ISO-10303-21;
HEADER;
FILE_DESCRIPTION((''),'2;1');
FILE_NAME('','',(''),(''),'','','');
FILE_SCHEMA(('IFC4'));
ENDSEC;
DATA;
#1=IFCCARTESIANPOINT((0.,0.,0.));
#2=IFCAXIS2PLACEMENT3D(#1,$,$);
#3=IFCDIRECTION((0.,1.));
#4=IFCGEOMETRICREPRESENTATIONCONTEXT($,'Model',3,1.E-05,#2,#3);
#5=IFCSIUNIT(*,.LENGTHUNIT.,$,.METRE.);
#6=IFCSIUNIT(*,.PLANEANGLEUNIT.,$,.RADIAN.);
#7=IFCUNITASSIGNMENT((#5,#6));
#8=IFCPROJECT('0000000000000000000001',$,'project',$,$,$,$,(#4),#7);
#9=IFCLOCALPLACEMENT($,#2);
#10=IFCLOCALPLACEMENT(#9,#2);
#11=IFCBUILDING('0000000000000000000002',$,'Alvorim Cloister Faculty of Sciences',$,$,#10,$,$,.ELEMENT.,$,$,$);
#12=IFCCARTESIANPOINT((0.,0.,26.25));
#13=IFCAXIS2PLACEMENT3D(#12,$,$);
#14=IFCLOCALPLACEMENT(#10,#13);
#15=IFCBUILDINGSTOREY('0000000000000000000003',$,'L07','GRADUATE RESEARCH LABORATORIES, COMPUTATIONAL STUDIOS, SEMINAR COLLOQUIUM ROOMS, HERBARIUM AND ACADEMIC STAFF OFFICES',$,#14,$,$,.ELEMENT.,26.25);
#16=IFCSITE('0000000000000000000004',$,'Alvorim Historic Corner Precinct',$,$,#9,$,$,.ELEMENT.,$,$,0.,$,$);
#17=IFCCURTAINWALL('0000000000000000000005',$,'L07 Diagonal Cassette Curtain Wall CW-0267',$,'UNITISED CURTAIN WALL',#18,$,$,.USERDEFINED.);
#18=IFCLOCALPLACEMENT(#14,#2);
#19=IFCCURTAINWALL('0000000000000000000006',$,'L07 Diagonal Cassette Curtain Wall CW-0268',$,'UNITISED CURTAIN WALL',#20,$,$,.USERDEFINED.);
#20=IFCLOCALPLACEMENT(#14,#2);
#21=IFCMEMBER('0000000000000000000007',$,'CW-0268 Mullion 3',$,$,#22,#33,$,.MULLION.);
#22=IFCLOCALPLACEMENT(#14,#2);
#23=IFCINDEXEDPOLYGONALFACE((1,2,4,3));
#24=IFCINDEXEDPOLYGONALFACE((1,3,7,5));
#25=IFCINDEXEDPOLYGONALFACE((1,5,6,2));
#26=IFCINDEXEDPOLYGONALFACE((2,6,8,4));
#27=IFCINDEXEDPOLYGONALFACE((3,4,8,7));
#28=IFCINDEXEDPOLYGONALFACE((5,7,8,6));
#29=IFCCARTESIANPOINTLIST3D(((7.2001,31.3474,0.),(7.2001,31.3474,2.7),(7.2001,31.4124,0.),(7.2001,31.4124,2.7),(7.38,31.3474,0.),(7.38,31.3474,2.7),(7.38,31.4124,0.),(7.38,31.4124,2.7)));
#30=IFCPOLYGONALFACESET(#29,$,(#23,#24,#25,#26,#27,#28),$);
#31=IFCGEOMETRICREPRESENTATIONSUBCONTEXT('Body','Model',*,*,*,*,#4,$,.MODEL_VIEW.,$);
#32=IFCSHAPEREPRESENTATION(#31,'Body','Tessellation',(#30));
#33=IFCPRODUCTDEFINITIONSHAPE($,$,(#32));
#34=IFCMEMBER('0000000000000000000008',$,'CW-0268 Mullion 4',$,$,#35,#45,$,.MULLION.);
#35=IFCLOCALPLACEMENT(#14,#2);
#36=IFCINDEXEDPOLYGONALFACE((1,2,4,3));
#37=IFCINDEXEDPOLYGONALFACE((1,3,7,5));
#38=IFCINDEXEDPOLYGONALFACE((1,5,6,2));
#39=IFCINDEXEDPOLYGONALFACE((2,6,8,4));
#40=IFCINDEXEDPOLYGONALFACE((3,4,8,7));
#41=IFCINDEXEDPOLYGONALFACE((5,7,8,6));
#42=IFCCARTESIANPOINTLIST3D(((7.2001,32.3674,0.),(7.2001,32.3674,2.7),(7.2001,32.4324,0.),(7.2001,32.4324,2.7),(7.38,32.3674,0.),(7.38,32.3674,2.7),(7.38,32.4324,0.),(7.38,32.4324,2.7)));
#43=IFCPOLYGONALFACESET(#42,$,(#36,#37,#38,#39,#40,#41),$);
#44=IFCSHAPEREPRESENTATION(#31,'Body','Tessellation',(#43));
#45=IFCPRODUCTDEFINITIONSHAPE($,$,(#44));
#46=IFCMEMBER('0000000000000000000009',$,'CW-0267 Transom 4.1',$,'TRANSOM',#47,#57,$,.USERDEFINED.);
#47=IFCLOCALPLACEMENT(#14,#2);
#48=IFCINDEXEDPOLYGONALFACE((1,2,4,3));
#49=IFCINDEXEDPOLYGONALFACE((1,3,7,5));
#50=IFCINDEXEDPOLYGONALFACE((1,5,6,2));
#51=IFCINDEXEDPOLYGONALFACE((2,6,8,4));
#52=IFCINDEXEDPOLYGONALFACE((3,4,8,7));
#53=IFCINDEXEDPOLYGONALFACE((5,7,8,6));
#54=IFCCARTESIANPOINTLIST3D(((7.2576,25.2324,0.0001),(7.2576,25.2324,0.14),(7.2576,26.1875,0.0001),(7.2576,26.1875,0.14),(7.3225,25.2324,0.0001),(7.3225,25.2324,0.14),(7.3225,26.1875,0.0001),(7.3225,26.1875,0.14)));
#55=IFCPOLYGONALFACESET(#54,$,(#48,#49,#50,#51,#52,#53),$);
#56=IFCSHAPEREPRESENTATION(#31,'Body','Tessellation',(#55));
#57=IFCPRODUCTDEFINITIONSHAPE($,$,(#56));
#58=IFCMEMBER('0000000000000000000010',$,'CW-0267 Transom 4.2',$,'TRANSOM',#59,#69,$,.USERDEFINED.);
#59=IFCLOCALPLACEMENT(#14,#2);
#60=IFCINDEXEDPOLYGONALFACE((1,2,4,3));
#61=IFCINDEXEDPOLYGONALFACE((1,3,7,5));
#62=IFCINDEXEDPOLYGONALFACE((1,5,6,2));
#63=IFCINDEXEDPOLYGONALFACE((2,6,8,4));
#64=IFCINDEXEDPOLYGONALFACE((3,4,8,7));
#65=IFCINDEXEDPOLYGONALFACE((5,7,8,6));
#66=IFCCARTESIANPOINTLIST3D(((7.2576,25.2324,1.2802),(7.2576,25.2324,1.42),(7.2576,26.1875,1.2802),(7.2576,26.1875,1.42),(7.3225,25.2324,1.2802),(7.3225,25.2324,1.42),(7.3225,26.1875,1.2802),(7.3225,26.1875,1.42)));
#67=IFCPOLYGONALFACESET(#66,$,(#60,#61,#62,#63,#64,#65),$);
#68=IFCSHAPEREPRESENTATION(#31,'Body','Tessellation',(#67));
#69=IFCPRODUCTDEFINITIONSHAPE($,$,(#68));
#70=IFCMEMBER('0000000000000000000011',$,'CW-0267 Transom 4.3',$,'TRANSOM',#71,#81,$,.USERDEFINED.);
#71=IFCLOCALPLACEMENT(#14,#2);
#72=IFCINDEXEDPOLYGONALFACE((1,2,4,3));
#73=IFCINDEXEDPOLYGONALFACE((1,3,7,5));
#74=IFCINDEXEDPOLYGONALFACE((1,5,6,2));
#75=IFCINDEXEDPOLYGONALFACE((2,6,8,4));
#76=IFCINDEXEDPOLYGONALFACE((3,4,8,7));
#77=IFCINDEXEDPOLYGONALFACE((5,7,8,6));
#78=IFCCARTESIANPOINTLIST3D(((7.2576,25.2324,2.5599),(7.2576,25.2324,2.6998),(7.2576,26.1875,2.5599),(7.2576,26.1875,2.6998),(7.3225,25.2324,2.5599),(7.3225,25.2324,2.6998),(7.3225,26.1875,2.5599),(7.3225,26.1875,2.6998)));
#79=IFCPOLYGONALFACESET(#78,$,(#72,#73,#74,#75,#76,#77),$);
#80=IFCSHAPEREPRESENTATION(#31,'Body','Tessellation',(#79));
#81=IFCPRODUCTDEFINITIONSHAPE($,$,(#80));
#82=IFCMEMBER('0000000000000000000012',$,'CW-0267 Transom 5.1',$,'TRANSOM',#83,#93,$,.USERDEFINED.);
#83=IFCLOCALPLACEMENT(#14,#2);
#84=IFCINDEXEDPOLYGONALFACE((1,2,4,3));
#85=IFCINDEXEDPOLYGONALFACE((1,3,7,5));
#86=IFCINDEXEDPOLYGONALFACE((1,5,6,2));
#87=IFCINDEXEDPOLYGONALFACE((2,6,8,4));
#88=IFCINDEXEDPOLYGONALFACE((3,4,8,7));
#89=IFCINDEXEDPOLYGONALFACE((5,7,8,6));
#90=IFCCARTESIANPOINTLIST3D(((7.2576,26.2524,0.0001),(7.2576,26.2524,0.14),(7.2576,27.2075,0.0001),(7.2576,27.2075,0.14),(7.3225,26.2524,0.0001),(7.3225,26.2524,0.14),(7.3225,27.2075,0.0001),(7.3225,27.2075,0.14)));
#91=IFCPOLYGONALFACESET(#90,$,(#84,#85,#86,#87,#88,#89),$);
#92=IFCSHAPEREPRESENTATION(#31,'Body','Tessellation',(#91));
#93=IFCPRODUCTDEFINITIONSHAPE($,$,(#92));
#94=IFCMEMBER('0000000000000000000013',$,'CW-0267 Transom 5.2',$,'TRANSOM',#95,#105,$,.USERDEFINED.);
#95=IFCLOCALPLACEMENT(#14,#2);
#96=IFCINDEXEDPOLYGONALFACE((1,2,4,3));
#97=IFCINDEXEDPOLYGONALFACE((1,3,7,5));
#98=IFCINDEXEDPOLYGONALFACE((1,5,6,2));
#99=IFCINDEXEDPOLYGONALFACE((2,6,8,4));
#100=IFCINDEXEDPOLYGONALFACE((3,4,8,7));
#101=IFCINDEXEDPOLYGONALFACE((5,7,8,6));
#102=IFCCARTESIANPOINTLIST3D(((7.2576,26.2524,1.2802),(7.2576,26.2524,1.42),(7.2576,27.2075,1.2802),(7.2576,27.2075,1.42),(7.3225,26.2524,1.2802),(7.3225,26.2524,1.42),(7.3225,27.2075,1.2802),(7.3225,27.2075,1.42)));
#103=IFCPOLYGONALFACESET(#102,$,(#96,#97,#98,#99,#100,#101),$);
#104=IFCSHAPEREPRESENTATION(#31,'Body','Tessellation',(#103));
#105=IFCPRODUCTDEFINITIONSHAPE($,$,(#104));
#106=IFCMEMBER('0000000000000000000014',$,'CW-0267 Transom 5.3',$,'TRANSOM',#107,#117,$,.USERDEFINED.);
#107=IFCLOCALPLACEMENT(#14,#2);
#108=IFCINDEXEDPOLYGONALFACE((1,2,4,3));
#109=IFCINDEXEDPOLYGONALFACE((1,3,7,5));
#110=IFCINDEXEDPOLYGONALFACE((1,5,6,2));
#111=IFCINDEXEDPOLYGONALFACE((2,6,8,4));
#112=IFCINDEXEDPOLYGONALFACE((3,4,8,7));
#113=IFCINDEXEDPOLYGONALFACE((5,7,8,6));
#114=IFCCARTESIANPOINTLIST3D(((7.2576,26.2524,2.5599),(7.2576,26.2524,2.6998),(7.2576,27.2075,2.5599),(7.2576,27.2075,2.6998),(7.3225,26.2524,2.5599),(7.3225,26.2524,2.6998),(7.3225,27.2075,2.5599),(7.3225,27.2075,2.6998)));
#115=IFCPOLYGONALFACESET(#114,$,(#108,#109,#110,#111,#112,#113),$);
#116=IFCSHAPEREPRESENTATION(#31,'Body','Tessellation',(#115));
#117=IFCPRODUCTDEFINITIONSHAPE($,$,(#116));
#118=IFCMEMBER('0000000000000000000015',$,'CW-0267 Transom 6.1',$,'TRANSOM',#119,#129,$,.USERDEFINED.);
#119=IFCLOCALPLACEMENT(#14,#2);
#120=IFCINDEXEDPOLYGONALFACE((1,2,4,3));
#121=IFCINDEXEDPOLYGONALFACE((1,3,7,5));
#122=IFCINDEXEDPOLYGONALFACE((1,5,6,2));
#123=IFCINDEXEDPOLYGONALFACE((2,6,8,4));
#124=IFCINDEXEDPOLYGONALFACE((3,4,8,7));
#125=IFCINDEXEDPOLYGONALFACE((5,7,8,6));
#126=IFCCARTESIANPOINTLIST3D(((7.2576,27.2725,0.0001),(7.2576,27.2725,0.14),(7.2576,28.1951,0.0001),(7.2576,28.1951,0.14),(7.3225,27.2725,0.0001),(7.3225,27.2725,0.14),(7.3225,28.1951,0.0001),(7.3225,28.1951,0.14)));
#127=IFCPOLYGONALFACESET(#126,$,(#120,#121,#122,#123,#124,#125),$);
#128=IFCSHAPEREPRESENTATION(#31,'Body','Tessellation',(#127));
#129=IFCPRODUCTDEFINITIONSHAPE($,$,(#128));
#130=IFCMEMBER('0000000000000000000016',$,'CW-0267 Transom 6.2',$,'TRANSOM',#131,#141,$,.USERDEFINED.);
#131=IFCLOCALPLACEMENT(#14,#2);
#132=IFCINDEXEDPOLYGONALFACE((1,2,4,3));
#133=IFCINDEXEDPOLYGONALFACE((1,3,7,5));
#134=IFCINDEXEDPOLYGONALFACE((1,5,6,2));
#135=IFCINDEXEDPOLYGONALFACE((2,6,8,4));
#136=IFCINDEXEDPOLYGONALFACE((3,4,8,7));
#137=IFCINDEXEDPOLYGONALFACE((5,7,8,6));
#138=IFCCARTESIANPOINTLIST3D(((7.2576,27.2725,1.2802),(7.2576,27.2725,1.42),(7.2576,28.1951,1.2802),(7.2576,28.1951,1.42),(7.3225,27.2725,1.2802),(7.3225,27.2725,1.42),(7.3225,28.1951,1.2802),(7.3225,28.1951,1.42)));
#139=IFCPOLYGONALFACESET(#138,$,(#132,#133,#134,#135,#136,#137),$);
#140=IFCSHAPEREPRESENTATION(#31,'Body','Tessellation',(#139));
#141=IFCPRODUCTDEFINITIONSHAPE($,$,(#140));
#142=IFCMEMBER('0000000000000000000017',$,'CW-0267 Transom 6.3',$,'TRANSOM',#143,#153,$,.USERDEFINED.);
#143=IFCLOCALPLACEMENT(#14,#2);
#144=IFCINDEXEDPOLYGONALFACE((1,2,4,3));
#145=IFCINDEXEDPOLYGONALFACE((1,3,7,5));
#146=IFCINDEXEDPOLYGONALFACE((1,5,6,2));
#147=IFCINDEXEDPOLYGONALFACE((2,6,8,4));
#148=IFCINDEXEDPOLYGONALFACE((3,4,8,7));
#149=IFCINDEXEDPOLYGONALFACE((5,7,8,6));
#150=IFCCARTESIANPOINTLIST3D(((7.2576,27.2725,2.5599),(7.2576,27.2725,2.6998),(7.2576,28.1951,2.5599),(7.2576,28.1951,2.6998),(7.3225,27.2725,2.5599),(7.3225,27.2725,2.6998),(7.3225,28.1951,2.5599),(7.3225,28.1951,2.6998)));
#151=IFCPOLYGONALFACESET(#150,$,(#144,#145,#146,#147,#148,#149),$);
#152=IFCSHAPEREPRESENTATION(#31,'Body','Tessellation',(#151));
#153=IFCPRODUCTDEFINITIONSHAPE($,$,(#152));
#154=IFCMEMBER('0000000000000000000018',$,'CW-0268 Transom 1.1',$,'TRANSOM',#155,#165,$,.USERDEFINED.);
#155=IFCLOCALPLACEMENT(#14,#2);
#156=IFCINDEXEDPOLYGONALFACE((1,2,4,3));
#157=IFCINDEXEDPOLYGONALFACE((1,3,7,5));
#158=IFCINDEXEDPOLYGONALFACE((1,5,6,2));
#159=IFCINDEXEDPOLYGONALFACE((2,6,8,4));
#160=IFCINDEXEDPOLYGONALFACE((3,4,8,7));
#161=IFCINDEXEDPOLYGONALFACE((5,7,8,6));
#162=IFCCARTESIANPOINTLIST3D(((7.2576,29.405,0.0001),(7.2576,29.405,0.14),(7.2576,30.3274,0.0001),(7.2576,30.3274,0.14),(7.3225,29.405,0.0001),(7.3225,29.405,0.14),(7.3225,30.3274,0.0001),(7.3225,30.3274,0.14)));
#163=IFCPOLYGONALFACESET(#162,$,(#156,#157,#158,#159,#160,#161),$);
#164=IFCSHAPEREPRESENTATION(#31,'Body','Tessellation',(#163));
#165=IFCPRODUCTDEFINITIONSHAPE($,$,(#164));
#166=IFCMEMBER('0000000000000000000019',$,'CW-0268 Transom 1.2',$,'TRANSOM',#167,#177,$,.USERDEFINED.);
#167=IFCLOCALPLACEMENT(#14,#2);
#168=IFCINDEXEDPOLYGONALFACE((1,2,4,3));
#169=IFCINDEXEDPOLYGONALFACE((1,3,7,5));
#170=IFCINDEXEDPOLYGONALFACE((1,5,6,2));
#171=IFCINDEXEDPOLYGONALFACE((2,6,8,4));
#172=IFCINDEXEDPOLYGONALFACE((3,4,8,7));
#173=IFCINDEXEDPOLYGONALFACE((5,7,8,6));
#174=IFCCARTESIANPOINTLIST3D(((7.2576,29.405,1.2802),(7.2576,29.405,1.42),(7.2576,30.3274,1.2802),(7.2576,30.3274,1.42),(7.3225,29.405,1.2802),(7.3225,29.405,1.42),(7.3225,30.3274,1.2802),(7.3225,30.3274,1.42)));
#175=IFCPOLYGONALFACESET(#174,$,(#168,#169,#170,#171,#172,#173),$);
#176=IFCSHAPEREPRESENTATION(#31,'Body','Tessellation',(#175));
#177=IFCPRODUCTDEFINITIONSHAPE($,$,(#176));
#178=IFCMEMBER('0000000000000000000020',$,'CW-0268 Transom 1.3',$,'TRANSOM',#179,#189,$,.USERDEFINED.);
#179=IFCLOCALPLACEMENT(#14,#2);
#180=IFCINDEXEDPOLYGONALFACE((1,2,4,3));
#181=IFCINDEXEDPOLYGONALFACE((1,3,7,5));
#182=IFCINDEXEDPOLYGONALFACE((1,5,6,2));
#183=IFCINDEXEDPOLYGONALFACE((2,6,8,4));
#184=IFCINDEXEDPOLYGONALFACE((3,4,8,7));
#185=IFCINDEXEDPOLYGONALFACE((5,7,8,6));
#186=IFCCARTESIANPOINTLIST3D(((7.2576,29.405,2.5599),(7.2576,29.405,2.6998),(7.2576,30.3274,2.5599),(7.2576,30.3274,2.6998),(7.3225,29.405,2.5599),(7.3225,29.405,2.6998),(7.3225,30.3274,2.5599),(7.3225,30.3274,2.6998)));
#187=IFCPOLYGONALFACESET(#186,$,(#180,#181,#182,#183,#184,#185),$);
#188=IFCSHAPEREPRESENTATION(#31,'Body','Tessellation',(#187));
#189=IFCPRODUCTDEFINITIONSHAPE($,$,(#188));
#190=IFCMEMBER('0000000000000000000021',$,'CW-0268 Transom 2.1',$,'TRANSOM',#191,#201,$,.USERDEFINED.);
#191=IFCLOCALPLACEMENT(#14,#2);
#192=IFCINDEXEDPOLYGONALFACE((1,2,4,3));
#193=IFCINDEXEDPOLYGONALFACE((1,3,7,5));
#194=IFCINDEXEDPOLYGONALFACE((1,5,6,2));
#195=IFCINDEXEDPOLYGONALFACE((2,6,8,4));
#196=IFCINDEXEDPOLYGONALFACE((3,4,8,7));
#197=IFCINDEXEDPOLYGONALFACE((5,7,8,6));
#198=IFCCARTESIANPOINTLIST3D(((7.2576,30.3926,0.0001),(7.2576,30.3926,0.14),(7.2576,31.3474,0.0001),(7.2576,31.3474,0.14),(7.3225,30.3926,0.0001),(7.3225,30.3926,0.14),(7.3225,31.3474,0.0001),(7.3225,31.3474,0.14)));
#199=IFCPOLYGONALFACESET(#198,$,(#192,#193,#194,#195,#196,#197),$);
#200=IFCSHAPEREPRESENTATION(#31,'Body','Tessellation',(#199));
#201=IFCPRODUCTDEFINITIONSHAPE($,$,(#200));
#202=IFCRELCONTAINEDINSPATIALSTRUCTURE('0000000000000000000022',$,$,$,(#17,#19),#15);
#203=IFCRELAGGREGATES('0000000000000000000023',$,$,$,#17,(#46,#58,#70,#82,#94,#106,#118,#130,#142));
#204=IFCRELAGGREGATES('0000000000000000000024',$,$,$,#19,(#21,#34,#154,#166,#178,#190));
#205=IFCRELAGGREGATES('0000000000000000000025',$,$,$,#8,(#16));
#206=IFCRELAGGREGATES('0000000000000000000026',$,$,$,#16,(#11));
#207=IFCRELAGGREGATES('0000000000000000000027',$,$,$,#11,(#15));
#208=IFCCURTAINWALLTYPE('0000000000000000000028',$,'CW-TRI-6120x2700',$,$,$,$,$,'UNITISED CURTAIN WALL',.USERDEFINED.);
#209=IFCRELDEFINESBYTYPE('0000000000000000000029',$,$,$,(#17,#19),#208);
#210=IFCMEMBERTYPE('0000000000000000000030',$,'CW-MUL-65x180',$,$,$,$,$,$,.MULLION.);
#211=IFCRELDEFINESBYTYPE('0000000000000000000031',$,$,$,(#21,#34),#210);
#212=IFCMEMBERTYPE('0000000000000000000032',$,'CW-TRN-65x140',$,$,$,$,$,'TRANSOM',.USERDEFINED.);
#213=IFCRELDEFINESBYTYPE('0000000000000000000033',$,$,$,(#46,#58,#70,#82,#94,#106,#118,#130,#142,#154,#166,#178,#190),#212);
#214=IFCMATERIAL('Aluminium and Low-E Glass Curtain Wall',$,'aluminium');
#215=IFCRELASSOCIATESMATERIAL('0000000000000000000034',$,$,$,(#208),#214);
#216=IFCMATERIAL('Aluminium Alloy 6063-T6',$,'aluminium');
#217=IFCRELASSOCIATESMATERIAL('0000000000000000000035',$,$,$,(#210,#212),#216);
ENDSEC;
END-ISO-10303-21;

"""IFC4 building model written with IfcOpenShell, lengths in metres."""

from ifc_helpers import new_model, si_unit, direction, frame, origin, origin_2d, place, context, subcontext, project, spatial, rectangle, extrude, material, material_profile, profile_set, type_object, element, aggregate, save


model = new_model("IFC4")

# Units and contexts
model_context = context("Model", 3, precision=1e-05, world=origin(), true_north=direction((0.0, 1.0)))
body_context = subcontext(model_context, "Body", "Model", "MODEL_VIEW")
ifc_project = project(units=[si_unit("LENGTHUNIT", "METRE"), si_unit("PLANEANGLEUNIT", "RADIAN")], contexts=[model_context])

# Site, building, storey
site_placement = place(None, origin())
site = spatial("IfcSite", under=ifc_project, at=site_placement, Name="Alvorim Historic Corner Precinct", CompositionType="ELEMENT", RefElevation=0.0)
building_placement = place(site_placement, origin())
building = spatial("IfcBuilding", under=site, at=building_placement, Name="Alvorim Cloister Faculty of Sciences", CompositionType="ELEMENT")
storey_placement = place(building_placement, frame((0.0, 0.0, 26.25)))
storey = spatial("IfcBuildingStorey", under=building, at=storey_placement, Name="L07", Description="GRADUATE RESEARCH LABORATORIES, COMPUTATIONAL STUDIOS, SEMINAR COLLOQUIUM ROOMS, HERBARIUM AND ACADEMIC STAFF OFFICES", CompositionType="ELEMENT", Elevation=26.25)

# Curtain walls, members
ifc_material_1 = material(Name="Aluminium and Low-E Glass Curtain Wall", Category="aluminium")
curtain_wall_type = type_object("IfcCurtainWallType", Name="CW-TRI-6120x2700", ElementType="UNITISED CURTAIN WALL", PredefinedType="USERDEFINED", material=ifc_material_1)
curtain_wall_1_placement = place(storey_placement, origin())
curtain_wall_1 = element("IfcCurtainWall", 1, at=curtain_wall_1_placement, inside=storey, type_object=curtain_wall_type, Name="L07 Diagonal Cassette Curtain Wall CW-0267", ObjectType="UNITISED CURTAIN WALL", PredefinedType="USERDEFINED")
ifc_material_2 = material(Name="Aluminium Alloy 6063-T6", Category="aluminium")
ifc_material_profile_1 = material_profile(ifc_material_2, rectangle(XDim=0.0649, YDim=0.1799, at=origin_2d()), Name="ALU-MUL-65x180")
ifc_profile_set_1 = profile_set([ifc_material_profile_1], Name="Aluminium Alloy 6063-T6")
member_type_1 = type_object("IfcMemberType", Name="CW-MUL-65x180", PredefinedType="MULLION", material=ifc_profile_set_1)
curtain_wall_2_placement = place(storey_placement, origin())
curtain_wall_2 = element("IfcCurtainWall", 2, at=curtain_wall_2_placement, inside=storey, type_object=curtain_wall_type, Name="L07 Diagonal Cassette Curtain Wall CW-0268", ObjectType="UNITISED CURTAIN WALL", PredefinedType="USERDEFINED")
member_1_placement = place(storey_placement, frame((7.29, 31.3799, 0.0), z_axis=(0.0, 0.0, 1.0), x_axis=(0.0, 1.0, 0.0)))
member_1 = element("IfcMember", 3, at=member_1_placement, type_object=member_type_1, Name="CW-0268 Mullion 3", PredefinedType="MULLION", context=body_context, shape_type="SweptSolid", body=[
    extrude(rectangle(XDim=0.0649, YDim=0.1799, at=origin_2d()), origin(), (0.0, 0.0, 1.0), 2.7),
])
member_2_placement = place(storey_placement, frame((7.29, 32.3999, 0.0), z_axis=(0.0, 0.0, 1.0), x_axis=(0.0, 1.0, 0.0)))
member_2 = element("IfcMember", 4, at=member_2_placement, type_object=member_type_1, Name="CW-0268 Mullion 4", PredefinedType="MULLION", context=body_context, shape_type="SweptSolid", body=[
    extrude(rectangle(XDim=0.0649, YDim=0.1799, at=origin_2d()), origin(), (0.0, 0.0, 1.0), 2.7),
])

# Members
ifc_material_profile_2 = material_profile(ifc_material_2, rectangle(XDim=0.0649, YDim=0.1399, at=origin_2d()), Name="ALU-TRN-65x140")
ifc_profile_set_2 = profile_set([ifc_material_profile_2], Name="Aluminium Alloy 6063-T6")
member_type_2 = type_object("IfcMemberType", Name="CW-TRN-65x140", ElementType="TRANSOM", PredefinedType="USERDEFINED", material=ifc_profile_set_2)
member_3_placement = place(storey_placement, frame((7.29, 25.2324, 0.0701), z_axis=(0.0, 1.0, 0.0), x_axis=(-1.0, 0.0, 0.0)))
member_3 = element("IfcMember", 5, at=member_3_placement, type_object=member_type_2, Name="CW-0267 Transom 4.1", ObjectType="TRANSOM", PredefinedType="USERDEFINED", context=body_context, shape_type="SweptSolid", body=[
    extrude(rectangle(XDim=0.0649, YDim=0.1399, at=origin_2d()), origin(), (0.0, 0.0, 1.0), 0.9551),
])
member_4_placement = place(storey_placement, frame((7.29, 25.2324, 1.3501), z_axis=(0.0, 1.0, 0.0), x_axis=(-1.0, 0.0, 0.0)))
member_4 = element("IfcMember", 6, at=member_4_placement, type_object=member_type_2, Name="CW-0267 Transom 4.2", ObjectType="TRANSOM", PredefinedType="USERDEFINED", context=body_context, shape_type="SweptSolid", body=[
    extrude(rectangle(XDim=0.0649, YDim=0.1399, at=origin_2d()), origin(), (0.0, 0.0, 1.0), 0.9551),
])
member_5_placement = place(storey_placement, frame((7.29, 25.2324, 2.6299), z_axis=(0.0, 1.0, 0.0), x_axis=(-1.0, 0.0, 0.0)))
member_5 = element("IfcMember", 7, at=member_5_placement, type_object=member_type_2, Name="CW-0267 Transom 4.3", ObjectType="TRANSOM", PredefinedType="USERDEFINED", context=body_context, shape_type="SweptSolid", body=[
    extrude(rectangle(XDim=0.0649, YDim=0.1399, at=origin_2d()), origin(), (0.0, 0.0, 1.0), 0.9551),
])
member_6_placement = place(storey_placement, frame((7.29, 26.2524, 0.0701), z_axis=(0.0, 1.0, 0.0), x_axis=(-1.0, 0.0, 0.0)))
member_6 = element("IfcMember", 8, at=member_6_placement, type_object=member_type_2, Name="CW-0267 Transom 5.1", ObjectType="TRANSOM", PredefinedType="USERDEFINED", context=body_context, shape_type="SweptSolid", body=[
    extrude(rectangle(XDim=0.0649, YDim=0.1399, at=origin_2d()), origin(), (0.0, 0.0, 1.0), 0.9551),
])
member_7_placement = place(storey_placement, frame((7.29, 26.2524, 1.3501), z_axis=(0.0, 1.0, 0.0), x_axis=(-1.0, 0.0, 0.0)))
member_7 = element("IfcMember", 9, at=member_7_placement, type_object=member_type_2, Name="CW-0267 Transom 5.2", ObjectType="TRANSOM", PredefinedType="USERDEFINED", context=body_context, shape_type="SweptSolid", body=[
    extrude(rectangle(XDim=0.0649, YDim=0.1399, at=origin_2d()), origin(), (0.0, 0.0, 1.0), 0.9551),
])
member_8_placement = place(storey_placement, frame((7.29, 26.2524, 2.6299), z_axis=(0.0, 1.0, 0.0), x_axis=(-1.0, 0.0, 0.0)))
member_8 = element("IfcMember", 10, at=member_8_placement, type_object=member_type_2, Name="CW-0267 Transom 5.3", ObjectType="TRANSOM", PredefinedType="USERDEFINED", context=body_context, shape_type="SweptSolid", body=[
    extrude(rectangle(XDim=0.0649, YDim=0.1399, at=origin_2d()), origin(), (0.0, 0.0, 1.0), 0.9551),
])
member_9_placement = place(storey_placement, frame((7.29, 27.2725, 0.0701), z_axis=(0.0, 1.0, 0.0), x_axis=(-1.0, 0.0, 0.0)))
member_9 = element("IfcMember", 11, at=member_9_placement, type_object=member_type_2, Name="CW-0267 Transom 6.1", ObjectType="TRANSOM", PredefinedType="USERDEFINED", context=body_context, shape_type="SweptSolid", body=[
    extrude(rectangle(XDim=0.0649, YDim=0.1399, at=origin_2d()), origin(), (0.0, 0.0, 1.0), 0.9226),
])
member_10_placement = place(storey_placement, frame((7.29, 27.2725, 1.3501), z_axis=(0.0, 1.0, 0.0), x_axis=(-1.0, 0.0, 0.0)))
member_10 = element("IfcMember", 12, at=member_10_placement, type_object=member_type_2, Name="CW-0267 Transom 6.2", ObjectType="TRANSOM", PredefinedType="USERDEFINED", context=body_context, shape_type="SweptSolid", body=[
    extrude(rectangle(XDim=0.0649, YDim=0.1399, at=origin_2d()), origin(), (0.0, 0.0, 1.0), 0.9226),
])
member_11_placement = place(storey_placement, frame((7.29, 27.2725, 2.6299), z_axis=(0.0, 1.0, 0.0), x_axis=(-1.0, 0.0, 0.0)))
member_11 = element("IfcMember", 13, at=member_11_placement, type_object=member_type_2, Name="CW-0267 Transom 6.3", ObjectType="TRANSOM", PredefinedType="USERDEFINED", context=body_context, shape_type="SweptSolid", body=[
    extrude(rectangle(XDim=0.0649, YDim=0.1399, at=origin_2d()), origin(), (0.0, 0.0, 1.0), 0.9226),
])
aggregate(curtain_wall_1, [member_3, member_4, member_5, member_6, member_7, member_8, member_9, member_10, member_11])
member_12_placement = place(storey_placement, frame((7.29, 29.405, 0.0701), z_axis=(0.0, 1.0, 0.0), x_axis=(-1.0, 0.0, 0.0)))
member_12 = element("IfcMember", 14, at=member_12_placement, type_object=member_type_2, Name="CW-0268 Transom 1.1", ObjectType="TRANSOM", PredefinedType="USERDEFINED", context=body_context, shape_type="SweptSolid", body=[
    extrude(rectangle(XDim=0.0649, YDim=0.1399, at=origin_2d()), origin(), (0.0, 0.0, 1.0), 0.9224),
])
member_13_placement = place(storey_placement, frame((7.29, 29.405, 1.3501), z_axis=(0.0, 1.0, 0.0), x_axis=(-1.0, 0.0, 0.0)))
member_13 = element("IfcMember", 15, at=member_13_placement, type_object=member_type_2, Name="CW-0268 Transom 1.2", ObjectType="TRANSOM", PredefinedType="USERDEFINED", context=body_context, shape_type="SweptSolid", body=[
    extrude(rectangle(XDim=0.0649, YDim=0.1399, at=origin_2d()), origin(), (0.0, 0.0, 1.0), 0.9224),
])
member_14_placement = place(storey_placement, frame((7.29, 29.405, 2.6299), z_axis=(0.0, 1.0, 0.0), x_axis=(-1.0, 0.0, 0.0)))
member_14 = element("IfcMember", 16, at=member_14_placement, type_object=member_type_2, Name="CW-0268 Transom 1.3", ObjectType="TRANSOM", PredefinedType="USERDEFINED", context=body_context, shape_type="SweptSolid", body=[
    extrude(rectangle(XDim=0.0649, YDim=0.1399, at=origin_2d()), origin(), (0.0, 0.0, 1.0), 0.9224),
])
member_15_placement = place(storey_placement, frame((7.29, 30.3926, 0.0701), z_axis=(0.0, 1.0, 0.0), x_axis=(-1.0, 0.0, 0.0)))
member_15 = element("IfcMember", 17, at=member_15_placement, type_object=member_type_2, Name="CW-0268 Transom 2.1", ObjectType="TRANSOM", PredefinedType="USERDEFINED", context=body_context, shape_type="SweptSolid", body=[
    extrude(rectangle(XDim=0.0649, YDim=0.1399, at=origin_2d()), origin(), (0.0, 0.0, 1.0), 0.9548),
])
aggregate(curtain_wall_2, [member_1, member_2, member_12, member_13, member_14, member_15])

save(model, "model.ifc")
